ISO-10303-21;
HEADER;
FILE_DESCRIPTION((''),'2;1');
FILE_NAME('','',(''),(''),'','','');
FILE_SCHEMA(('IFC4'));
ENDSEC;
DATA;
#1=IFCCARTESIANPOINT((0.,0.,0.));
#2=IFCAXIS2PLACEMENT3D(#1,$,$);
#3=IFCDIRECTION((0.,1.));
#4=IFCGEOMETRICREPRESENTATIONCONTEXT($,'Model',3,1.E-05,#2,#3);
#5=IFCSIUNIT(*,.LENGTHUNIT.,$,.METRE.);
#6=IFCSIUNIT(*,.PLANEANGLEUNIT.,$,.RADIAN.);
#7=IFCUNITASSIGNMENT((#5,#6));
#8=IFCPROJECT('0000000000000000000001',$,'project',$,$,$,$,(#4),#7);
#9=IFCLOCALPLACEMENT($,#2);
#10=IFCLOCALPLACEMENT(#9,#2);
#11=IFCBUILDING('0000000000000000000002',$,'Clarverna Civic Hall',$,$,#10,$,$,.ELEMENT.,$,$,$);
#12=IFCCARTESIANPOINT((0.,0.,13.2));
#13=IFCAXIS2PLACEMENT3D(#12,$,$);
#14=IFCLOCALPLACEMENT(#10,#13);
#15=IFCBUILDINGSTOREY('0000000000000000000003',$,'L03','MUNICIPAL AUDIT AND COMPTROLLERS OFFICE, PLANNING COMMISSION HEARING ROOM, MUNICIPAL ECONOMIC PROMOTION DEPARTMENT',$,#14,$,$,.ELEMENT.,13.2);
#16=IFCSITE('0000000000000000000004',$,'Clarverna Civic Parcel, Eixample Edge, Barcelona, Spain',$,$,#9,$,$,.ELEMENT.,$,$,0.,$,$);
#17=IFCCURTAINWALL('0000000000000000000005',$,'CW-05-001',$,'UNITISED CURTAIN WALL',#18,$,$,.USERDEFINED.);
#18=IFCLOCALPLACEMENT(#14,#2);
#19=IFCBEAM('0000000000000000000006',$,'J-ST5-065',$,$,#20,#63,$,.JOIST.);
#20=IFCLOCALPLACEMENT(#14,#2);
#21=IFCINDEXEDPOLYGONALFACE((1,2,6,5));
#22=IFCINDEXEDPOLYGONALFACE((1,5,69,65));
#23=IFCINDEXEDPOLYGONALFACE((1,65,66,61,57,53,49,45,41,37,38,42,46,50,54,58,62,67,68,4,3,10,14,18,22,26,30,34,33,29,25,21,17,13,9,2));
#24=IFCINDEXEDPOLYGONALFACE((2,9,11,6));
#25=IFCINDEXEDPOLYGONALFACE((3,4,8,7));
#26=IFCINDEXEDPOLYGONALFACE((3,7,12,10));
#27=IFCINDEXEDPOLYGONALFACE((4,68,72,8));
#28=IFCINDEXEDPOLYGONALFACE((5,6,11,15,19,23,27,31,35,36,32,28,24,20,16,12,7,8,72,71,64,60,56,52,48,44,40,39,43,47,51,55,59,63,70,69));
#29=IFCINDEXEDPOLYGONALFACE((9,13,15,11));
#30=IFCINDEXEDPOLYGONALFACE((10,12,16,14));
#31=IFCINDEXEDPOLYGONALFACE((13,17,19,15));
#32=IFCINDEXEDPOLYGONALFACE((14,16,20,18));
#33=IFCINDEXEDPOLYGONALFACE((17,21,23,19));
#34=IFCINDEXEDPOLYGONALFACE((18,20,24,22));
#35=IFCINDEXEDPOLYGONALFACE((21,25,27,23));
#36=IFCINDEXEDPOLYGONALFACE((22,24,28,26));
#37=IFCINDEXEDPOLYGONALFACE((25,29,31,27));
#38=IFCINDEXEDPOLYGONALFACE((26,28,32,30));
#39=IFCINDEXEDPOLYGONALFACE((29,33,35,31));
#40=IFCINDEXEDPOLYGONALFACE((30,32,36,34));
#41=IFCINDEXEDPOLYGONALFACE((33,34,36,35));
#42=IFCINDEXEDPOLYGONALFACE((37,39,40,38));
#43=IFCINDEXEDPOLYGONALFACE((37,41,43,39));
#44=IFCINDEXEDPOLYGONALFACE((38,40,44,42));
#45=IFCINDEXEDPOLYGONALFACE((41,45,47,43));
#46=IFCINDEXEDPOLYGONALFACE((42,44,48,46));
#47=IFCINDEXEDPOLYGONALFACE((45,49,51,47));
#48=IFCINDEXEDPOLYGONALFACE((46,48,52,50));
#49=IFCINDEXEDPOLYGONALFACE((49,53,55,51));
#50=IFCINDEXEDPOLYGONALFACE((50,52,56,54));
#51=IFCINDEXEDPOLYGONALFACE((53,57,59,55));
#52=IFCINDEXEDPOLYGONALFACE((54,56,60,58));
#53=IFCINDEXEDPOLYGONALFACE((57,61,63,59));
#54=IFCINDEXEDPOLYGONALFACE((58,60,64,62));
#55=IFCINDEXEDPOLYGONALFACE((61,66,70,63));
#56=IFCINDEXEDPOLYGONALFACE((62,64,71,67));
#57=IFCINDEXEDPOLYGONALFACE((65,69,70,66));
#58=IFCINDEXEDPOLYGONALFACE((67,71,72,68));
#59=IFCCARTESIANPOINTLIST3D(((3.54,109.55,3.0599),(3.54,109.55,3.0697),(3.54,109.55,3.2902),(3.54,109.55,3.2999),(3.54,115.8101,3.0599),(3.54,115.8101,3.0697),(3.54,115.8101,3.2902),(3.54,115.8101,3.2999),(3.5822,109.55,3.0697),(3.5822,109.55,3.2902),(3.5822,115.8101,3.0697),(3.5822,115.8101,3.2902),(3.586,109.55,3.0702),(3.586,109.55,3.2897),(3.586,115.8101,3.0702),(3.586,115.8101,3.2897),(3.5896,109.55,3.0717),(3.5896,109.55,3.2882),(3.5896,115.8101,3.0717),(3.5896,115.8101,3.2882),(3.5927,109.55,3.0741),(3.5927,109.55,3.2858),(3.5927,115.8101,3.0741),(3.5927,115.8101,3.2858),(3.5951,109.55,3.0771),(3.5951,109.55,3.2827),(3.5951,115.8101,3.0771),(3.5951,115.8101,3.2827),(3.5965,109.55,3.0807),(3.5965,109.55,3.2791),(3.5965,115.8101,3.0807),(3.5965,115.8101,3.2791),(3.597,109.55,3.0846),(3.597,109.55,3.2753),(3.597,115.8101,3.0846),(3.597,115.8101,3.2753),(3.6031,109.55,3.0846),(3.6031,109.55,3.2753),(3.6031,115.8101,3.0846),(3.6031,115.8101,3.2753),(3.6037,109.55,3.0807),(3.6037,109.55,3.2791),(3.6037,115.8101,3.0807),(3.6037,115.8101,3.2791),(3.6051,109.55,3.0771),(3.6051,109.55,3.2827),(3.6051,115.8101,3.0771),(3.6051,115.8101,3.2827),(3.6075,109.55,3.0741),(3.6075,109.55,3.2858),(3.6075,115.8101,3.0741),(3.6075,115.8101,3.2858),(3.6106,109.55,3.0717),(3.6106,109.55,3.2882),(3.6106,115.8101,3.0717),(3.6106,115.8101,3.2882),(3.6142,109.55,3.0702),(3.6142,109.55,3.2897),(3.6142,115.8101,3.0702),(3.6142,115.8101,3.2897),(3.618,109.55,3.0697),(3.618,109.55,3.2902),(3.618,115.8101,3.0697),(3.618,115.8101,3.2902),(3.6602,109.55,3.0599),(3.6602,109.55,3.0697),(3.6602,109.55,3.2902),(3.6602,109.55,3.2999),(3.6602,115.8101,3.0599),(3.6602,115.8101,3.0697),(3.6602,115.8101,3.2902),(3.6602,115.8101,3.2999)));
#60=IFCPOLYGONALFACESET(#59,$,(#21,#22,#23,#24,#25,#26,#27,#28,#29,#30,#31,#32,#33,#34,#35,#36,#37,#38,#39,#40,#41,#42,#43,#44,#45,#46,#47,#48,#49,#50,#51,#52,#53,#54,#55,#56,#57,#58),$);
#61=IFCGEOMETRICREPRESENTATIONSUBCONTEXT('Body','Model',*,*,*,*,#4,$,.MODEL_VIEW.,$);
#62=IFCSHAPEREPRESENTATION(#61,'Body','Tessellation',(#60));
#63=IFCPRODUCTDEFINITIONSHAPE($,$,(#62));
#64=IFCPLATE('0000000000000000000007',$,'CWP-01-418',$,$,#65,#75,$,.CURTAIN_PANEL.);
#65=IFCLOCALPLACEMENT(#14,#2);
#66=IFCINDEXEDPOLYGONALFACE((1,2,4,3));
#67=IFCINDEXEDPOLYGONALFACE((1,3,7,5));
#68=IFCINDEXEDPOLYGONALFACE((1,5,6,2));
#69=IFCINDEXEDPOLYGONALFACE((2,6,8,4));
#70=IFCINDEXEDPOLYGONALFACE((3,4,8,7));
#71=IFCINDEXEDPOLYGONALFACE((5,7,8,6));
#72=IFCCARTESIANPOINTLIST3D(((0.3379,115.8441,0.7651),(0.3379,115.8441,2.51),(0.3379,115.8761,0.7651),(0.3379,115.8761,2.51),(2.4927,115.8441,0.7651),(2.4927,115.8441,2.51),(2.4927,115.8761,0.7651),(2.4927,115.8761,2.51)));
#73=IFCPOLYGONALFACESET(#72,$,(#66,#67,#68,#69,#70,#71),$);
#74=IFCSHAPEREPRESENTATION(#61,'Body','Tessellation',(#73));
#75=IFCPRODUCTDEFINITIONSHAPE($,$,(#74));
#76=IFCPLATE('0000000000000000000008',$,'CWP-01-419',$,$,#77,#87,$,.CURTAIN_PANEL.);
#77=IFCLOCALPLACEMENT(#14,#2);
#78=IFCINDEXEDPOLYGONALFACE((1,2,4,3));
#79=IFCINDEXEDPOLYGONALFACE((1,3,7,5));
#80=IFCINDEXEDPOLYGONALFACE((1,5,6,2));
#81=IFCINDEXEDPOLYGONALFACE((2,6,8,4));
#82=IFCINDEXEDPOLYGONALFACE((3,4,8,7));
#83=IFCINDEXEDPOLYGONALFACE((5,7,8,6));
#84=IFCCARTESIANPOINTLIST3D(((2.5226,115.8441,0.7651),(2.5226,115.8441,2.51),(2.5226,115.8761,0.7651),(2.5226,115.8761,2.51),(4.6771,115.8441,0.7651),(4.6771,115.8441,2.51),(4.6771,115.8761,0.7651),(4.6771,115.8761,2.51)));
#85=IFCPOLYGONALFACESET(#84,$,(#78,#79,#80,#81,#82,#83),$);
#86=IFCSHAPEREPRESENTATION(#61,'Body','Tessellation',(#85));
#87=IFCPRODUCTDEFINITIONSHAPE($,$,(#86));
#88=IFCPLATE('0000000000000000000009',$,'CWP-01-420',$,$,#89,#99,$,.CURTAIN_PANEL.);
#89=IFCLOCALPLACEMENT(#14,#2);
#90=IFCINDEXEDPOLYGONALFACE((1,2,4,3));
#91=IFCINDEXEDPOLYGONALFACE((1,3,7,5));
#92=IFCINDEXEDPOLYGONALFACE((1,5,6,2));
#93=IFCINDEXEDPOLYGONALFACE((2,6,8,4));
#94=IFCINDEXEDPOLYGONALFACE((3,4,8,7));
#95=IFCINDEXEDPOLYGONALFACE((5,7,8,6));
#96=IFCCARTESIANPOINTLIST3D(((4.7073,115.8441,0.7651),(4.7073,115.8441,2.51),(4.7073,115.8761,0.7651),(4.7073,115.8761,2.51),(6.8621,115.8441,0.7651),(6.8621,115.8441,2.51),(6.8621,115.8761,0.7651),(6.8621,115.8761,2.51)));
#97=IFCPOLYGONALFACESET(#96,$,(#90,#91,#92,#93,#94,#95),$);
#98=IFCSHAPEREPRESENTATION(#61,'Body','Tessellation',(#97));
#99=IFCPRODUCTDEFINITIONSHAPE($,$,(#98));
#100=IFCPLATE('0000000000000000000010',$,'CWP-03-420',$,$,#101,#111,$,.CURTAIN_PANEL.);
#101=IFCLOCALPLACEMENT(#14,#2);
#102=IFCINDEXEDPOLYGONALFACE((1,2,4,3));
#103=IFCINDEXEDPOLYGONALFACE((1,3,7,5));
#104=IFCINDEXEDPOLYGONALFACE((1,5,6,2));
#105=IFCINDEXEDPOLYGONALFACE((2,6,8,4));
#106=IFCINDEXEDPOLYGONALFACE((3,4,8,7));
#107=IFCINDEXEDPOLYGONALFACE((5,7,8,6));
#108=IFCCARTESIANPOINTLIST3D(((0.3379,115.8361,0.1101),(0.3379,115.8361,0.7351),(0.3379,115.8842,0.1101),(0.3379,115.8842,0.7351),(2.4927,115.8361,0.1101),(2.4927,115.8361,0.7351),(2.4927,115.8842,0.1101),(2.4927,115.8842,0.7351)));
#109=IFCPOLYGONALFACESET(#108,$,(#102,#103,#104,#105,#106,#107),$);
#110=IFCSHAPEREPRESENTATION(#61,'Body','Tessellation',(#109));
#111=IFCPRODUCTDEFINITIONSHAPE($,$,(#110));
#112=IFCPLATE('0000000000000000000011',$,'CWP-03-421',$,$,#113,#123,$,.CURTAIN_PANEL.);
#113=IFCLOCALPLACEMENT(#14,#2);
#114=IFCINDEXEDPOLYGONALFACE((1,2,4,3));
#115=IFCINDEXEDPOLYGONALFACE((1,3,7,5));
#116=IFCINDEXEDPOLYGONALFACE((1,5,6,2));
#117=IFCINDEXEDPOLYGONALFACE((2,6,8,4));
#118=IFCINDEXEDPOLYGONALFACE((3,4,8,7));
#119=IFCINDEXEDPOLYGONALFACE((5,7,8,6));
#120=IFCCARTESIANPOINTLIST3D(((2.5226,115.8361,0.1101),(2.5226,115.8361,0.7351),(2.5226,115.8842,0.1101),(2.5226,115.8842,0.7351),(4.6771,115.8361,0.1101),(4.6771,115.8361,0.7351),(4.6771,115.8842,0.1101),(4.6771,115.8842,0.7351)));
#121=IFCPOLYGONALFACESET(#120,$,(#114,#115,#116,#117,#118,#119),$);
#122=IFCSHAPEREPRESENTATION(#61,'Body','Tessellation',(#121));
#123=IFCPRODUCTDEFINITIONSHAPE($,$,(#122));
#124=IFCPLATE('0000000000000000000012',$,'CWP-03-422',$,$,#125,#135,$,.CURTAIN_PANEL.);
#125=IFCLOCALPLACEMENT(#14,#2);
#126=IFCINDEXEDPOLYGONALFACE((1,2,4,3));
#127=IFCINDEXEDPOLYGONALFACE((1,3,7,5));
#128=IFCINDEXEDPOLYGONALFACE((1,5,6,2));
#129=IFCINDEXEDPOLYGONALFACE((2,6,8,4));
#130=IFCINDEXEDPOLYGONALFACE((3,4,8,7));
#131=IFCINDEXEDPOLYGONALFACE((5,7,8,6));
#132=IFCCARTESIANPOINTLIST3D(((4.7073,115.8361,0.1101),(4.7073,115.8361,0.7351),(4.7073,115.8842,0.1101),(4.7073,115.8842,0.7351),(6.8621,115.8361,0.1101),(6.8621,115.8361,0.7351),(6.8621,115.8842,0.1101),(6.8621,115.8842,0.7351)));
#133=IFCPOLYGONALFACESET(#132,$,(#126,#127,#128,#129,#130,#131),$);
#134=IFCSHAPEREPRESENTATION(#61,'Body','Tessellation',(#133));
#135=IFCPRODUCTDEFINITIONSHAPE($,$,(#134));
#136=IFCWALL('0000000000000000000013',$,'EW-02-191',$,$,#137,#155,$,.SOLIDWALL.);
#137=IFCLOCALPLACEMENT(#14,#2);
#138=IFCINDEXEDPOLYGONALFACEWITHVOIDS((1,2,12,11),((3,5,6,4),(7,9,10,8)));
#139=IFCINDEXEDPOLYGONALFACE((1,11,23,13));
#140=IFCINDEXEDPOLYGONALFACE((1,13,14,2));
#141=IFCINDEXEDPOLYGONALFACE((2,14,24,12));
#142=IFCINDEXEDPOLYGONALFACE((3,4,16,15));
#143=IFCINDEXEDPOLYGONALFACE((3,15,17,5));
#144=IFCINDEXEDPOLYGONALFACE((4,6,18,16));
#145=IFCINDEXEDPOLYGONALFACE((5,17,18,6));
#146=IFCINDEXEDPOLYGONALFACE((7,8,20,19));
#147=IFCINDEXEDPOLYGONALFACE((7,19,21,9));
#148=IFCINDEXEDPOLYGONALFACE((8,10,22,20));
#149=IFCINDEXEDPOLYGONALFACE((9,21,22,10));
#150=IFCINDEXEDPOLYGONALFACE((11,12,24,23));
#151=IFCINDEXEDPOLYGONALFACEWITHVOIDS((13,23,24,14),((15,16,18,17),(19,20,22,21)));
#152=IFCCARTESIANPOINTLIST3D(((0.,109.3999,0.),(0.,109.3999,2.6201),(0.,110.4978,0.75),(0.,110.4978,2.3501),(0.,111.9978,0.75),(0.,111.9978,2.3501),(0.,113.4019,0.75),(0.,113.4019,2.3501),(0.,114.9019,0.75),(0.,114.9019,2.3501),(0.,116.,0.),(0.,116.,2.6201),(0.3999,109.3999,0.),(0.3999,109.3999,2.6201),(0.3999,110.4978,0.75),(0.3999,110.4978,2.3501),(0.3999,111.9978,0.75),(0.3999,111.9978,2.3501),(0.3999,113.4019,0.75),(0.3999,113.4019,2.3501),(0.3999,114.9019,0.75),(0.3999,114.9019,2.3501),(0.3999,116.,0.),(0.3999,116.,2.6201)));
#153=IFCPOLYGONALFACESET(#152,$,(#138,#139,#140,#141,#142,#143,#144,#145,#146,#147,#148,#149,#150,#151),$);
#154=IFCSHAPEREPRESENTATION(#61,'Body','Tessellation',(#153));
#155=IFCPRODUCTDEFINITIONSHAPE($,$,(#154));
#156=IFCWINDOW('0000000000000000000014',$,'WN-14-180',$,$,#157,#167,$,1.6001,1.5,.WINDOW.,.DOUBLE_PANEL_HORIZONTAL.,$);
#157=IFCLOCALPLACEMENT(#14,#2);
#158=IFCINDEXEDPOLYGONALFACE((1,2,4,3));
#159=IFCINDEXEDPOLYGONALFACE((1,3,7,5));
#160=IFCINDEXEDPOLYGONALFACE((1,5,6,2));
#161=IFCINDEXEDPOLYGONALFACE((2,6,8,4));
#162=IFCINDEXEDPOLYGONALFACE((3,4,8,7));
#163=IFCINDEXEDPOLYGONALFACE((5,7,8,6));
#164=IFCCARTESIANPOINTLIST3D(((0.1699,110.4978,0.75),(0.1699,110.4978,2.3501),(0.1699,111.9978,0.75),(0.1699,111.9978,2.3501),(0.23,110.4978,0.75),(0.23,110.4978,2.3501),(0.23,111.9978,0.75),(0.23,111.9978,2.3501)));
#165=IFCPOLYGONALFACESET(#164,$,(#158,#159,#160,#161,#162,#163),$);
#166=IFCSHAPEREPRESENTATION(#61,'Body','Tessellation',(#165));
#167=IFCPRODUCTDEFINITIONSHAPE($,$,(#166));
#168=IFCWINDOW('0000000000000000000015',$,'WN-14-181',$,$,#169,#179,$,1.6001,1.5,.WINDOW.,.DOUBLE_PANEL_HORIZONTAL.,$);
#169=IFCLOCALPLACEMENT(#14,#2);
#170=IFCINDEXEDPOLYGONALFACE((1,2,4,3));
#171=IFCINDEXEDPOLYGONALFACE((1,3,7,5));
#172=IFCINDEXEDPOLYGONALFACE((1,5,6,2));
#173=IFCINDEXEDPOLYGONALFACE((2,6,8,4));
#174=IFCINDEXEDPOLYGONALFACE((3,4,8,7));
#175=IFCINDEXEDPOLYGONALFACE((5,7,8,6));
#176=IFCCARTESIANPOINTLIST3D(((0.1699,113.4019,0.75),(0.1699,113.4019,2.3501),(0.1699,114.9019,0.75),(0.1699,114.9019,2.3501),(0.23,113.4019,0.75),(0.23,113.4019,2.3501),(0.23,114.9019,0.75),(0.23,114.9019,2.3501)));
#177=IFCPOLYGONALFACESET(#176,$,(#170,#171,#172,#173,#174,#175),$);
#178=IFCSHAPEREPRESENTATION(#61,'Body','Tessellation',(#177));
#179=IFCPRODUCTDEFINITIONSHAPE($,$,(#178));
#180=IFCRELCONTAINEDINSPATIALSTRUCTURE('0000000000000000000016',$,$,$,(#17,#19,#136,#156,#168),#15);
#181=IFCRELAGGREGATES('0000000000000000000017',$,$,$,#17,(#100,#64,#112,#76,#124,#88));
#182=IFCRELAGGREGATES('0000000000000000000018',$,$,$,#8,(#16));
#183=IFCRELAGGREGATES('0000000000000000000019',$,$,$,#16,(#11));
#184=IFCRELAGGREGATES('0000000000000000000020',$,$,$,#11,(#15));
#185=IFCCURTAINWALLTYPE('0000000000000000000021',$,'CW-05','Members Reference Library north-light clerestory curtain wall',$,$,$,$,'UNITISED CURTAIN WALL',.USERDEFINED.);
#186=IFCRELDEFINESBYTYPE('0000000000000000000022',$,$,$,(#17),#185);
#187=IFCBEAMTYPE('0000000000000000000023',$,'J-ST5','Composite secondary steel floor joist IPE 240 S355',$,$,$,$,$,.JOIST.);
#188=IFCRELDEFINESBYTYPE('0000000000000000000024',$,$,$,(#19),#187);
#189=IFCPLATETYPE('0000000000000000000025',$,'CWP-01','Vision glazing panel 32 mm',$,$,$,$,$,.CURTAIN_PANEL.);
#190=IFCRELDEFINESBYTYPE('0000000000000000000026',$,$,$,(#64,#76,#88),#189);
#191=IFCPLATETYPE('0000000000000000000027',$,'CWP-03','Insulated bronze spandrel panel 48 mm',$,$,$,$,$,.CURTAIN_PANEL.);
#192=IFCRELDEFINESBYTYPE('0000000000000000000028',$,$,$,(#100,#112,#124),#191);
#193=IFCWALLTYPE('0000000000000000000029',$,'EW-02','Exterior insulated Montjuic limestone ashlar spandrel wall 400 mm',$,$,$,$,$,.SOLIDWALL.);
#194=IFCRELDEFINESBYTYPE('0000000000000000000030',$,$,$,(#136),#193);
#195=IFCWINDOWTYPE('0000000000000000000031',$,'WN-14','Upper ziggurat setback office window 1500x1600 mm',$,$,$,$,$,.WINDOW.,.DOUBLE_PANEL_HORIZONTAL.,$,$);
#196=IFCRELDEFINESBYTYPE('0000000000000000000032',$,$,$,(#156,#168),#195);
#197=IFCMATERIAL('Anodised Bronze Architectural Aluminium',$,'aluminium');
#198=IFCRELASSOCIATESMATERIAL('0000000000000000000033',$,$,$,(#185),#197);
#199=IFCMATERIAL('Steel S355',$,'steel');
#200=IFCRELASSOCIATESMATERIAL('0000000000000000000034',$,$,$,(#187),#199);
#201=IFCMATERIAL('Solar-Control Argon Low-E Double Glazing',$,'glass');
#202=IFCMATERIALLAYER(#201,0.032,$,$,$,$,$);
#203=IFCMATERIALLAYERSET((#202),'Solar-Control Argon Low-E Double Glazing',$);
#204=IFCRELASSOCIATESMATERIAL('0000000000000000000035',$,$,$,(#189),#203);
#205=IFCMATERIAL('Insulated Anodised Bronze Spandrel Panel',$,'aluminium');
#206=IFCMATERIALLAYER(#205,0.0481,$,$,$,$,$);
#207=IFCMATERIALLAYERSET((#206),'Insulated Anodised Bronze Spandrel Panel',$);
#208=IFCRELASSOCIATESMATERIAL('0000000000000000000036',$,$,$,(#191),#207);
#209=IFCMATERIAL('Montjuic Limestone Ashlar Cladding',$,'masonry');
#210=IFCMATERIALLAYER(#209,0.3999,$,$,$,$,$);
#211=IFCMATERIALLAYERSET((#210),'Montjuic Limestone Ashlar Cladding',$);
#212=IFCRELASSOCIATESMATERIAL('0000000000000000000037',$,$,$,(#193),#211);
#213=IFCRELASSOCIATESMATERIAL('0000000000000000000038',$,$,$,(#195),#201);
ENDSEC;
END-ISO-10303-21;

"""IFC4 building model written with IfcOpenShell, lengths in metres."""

from ifc_helpers import new_model, si_unit, direction, frame, frame_2d, origin, origin_2d, place, context, subcontext, project, spatial, rectangle, i_section, extrude, material, layer, layer_set, material_profile, profile_set, type_object, element, fill, aggregate, save


model = new_model("IFC4")

# Units and contexts
model_context = context("Model", 3, precision=1e-05, world=origin(), true_north=direction((0.0, 1.0)))
body_context = subcontext(model_context, "Body", "Model", "MODEL_VIEW")
ifc_project = project(units=[si_unit("LENGTHUNIT", "METRE"), si_unit("PLANEANGLEUNIT", "RADIAN")], contexts=[model_context])

# Site, building, storey
site_placement = place(None, origin())
site = spatial("IfcSite", under=ifc_project, at=site_placement, Name="Clarverna Civic Parcel, Eixample Edge, Barcelona, Spain", CompositionType="ELEMENT", RefElevation=0.0)
building_placement = place(site_placement, origin())
building = spatial("IfcBuilding", under=site, at=building_placement, Name="Clarverna Civic Hall", CompositionType="ELEMENT")
storey_placement = place(building_placement, frame((0.0, 0.0, 13.2)))
storey = spatial("IfcBuildingStorey", under=building, at=storey_placement, Name="L03", Description="MUNICIPAL AUDIT AND COMPTROLLERS OFFICE, PLANNING COMMISSION HEARING ROOM, MUNICIPAL ECONOMIC PROMOTION DEPARTMENT", CompositionType="ELEMENT", Elevation=13.2)

# Shared definitions
ifc_material_1 = material(Name="Steel S355", Category="steel")

# Curtain wall
ifc_material_2 = material(Name="Anodised Bronze Architectural Aluminium", Category="aluminium")
curtain_wall_type = type_object("IfcCurtainWallType", Name="CW-05", Description="Members Reference Library north-light clerestory curtain wall", ElementType="UNITISED CURTAIN WALL", PredefinedType="USERDEFINED", material=ifc_material_2)
curtain_wall_placement = place(storey_placement, origin())
curtain_wall = element("IfcCurtainWall", 1, at=curtain_wall_placement, inside=storey, type_object=curtain_wall_type, Name="CW-05-001", ObjectType="UNITISED CURTAIN WALL", PredefinedType="USERDEFINED")

# Beam
ifc_material_profile_1 = material_profile(ifc_material_1, i_section(OverallWidth=0.1201, OverallDepth=0.24, WebThickness=0.0061, FlangeThickness=0.0098, FilletRadius=0.0149, at=origin_2d()), Name="IPE 240")
ifc_profile_set_1 = profile_set([ifc_material_profile_1], Name="Steel S355")
beam_type_1 = type_object("IfcBeamType", Name="J-ST5", Description="Composite secondary steel floor joist IPE 240 S355", PredefinedType="JOIST", material=ifc_profile_set_1)
beam_1_placement = place(storey_placement, frame((3.6001, 109.55, 3.1799), z_axis=(0.0, 1.0, 0.0), x_axis=(-1.0, 0.0, 0.0)))
element("IfcBeam", 2, at=beam_1_placement, inside=storey, type_object=beam_type_1, Name="J-ST5-065", PredefinedType="JOIST", context=body_context, shape_type="SweptSolid", body=[
    extrude(i_section(OverallWidth=0.1201, OverallDepth=0.24, WebThickness=0.0061, FlangeThickness=0.0098, FilletRadius=0.0149, at=origin_2d()), origin(), (0.0, 0.0, 1.0), 6.26),
])

# Plates
ifc_material_3 = material(Name="Solar-Control Argon Low-E Double Glazing", Category="glass")
ifc_layer_1 = layer(ifc_material_3, 0.032)
ifc_layer_set_1 = layer_set([ifc_layer_1], Name="Solar-Control Argon Low-E Double Glazing")
plate_type_1 = type_object("IfcPlateType", Name="CWP-01", Description="Vision glazing panel 32 mm", PredefinedType="CURTAIN_PANEL", material=ifc_layer_set_1)
plate_1_placement = place(storey_placement, frame((0.3379, 115.8601, 0.7651), z_axis=(0.0, 0.0, 1.0), x_axis=(1.0, 0.0, 0.0)))
plate_1 = element("IfcPlate", 3, at=plate_1_placement, type_object=plate_type_1, Name="CWP-01-418", PredefinedType="CURTAIN_PANEL", context=body_context, shape_type="SweptSolid", body=[
    extrude(rectangle(XDim=2.1548, YDim=0.032, at=frame_2d((1.0774, 0.0))), origin(), (0.0, 0.0, 1.0), 1.7449),
])
plate_2_placement = place(storey_placement, frame((2.5227, 115.8601, 0.7651), z_axis=(0.0, 0.0, 1.0), x_axis=(1.0, 0.0, 0.0)))
plate_2 = element("IfcPlate", 4, at=plate_2_placement, type_object=plate_type_1, Name="CWP-01-419", PredefinedType="CURTAIN_PANEL", context=body_context, shape_type="SweptSolid", body=[
    extrude(rectangle(XDim=2.1545, YDim=0.032, at=frame_2d((1.0771, 0.0))), origin(), (0.0, 0.0, 1.0), 1.7449),
])
plate_3_placement = place(storey_placement, frame((4.7073, 115.8601, 0.7651), z_axis=(0.0, 0.0, 1.0), x_axis=(1.0, 0.0, 0.0)))
plate_3 = element("IfcPlate", 5, at=plate_3_placement, type_object=plate_type_1, Name="CWP-01-420", PredefinedType="CURTAIN_PANEL", context=body_context, shape_type="SweptSolid", body=[
    extrude(rectangle(XDim=2.1548, YDim=0.032, at=frame_2d((1.0774, 0.0))), origin(), (0.0, 0.0, 1.0), 1.7449),
])
ifc_material_4 = material(Name="Insulated Anodised Bronze Spandrel Panel", Category="aluminium")
ifc_layer_2 = layer(ifc_material_4, 0.0481)
ifc_layer_set_2 = layer_set([ifc_layer_2], Name="Insulated Anodised Bronze Spandrel Panel")
plate_type_2 = type_object("IfcPlateType", Name="CWP-03", Description="Insulated bronze spandrel panel 48 mm", PredefinedType="CURTAIN_PANEL", material=ifc_layer_set_2)
plate_4_placement = place(storey_placement, frame((0.3379, 115.8601, 0.1101), z_axis=(0.0, 0.0, 1.0), x_axis=(1.0, 0.0, 0.0)))
plate_4 = element("IfcPlate", 6, at=plate_4_placement, type_object=plate_type_2, Name="CWP-03-420", PredefinedType="CURTAIN_PANEL", context=body_context, shape_type="SweptSolid", body=[
    extrude(rectangle(XDim=2.1548, YDim=0.0481, at=frame_2d((1.0774, 0.0))), origin(), (0.0, 0.0, 1.0), 0.625),
])
plate_5_placement = place(storey_placement, frame((2.5227, 115.8601, 0.1101), z_axis=(0.0, 0.0, 1.0), x_axis=(1.0, 0.0, 0.0)))
plate_5 = element("IfcPlate", 7, at=plate_5_placement, type_object=plate_type_2, Name="CWP-03-421", PredefinedType="CURTAIN_PANEL", context=body_context, shape_type="SweptSolid", body=[
    extrude(rectangle(XDim=2.1545, YDim=0.0481, at=frame_2d((1.0771, 0.0))), origin(), (0.0, 0.0, 1.0), 0.625),
])
plate_6_placement = place(storey_placement, frame((4.7073, 115.8601, 0.1101), z_axis=(0.0, 0.0, 1.0), x_axis=(1.0, 0.0, 0.0)))
plate_6 = element("IfcPlate", 8, at=plate_6_placement, type_object=plate_type_2, Name="CWP-03-422", PredefinedType="CURTAIN_PANEL", context=body_context, shape_type="SweptSolid", body=[
    extrude(rectangle(XDim=2.1548, YDim=0.0481, at=frame_2d((1.0774, 0.0))), origin(), (0.0, 0.0, 1.0), 0.625),
])
aggregate(curtain_wall, [plate_4, plate_1, plate_5, plate_2, plate_6, plate_3])

# Wall, openings, windows
ifc_material_5 = material(Name="Montjuic Limestone Ashlar Cladding", Category="masonry")
ifc_layer_3 = layer(ifc_material_5, 0.3999)
ifc_layer_set_3 = layer_set([ifc_layer_3], Name="Montjuic Limestone Ashlar Cladding")
wall_type = type_object("IfcWallType", Name="EW-02", Description="Exterior insulated Montjuic limestone ashlar spandrel wall 400 mm", PredefinedType="SOLIDWALL", material=ifc_layer_set_3)
wall_placement = place(storey_placement, frame((0.2, 109.3999, 0.0), z_axis=(0.0, 0.0, 1.0), x_axis=(0.0, 1.0, 0.0)))
wall = element("IfcWall", 9, at=wall_placement, inside=storey, type_object=wall_type, Name="EW-02-191", PredefinedType="SOLIDWALL", context=body_context, shape_type="SweptSolid", body=[
    extrude(rectangle(XDim=6.6001, YDim=0.3999, at=frame_2d((3.3, 0.0))), origin(), (0.0, 0.0, 1.0), 2.6201),
])
opening_1_placement = place(wall_placement, frame((1.0979, 0.0, 0.75)))
opening_1 = element("IfcOpeningElement", 10, at=opening_1_placement, cuts=wall, PredefinedType="OPENING", context=body_context, shape_type="SweptSolid", body=[
    extrude(rectangle(XDim=1.5, YDim=1.6001, at=frame_2d((0.75, 0.8))), frame((0.0, 0.21, 0.0), z_axis=(0.0, -1.0, 0.0), x_axis=(1.0, 0.0, 0.0)), (0.0, 0.0, 1.0), 0.4199),
])
opening_2_placement = place(wall_placement, frame((4.002, 0.0, 0.75)))
opening_2 = element("IfcOpeningElement", 11, at=opening_2_placement, cuts=wall, PredefinedType="OPENING", context=body_context, shape_type="SweptSolid", body=[
    extrude(rectangle(XDim=1.5, YDim=1.6001, at=frame_2d((0.75, 0.8))), frame((0.0, 0.21, 0.0), z_axis=(0.0, -1.0, 0.0), x_axis=(1.0, 0.0, 0.0)), (0.0, 0.0, 1.0), 0.4199),
])
window_type = type_object("IfcWindowType", Name="WN-14", Description="Upper ziggurat setback office window 1500x1600 mm", PartitioningType="DOUBLE_PANEL_HORIZONTAL", PredefinedType="WINDOW", material=ifc_material_3)
window_1_placement = place(opening_1_placement, origin())
window_1 = element("IfcWindow", 12, at=window_1_placement, inside=storey, type_object=window_type, Name="WN-14-180", OverallHeight=1.6001, OverallWidth=1.5, PartitioningType="DOUBLE_PANEL_HORIZONTAL", PredefinedType="WINDOW", context=body_context, shape_type="SweptSolid", body=[
    extrude(rectangle(XDim=1.5, YDim=1.6001, at=frame_2d((0.75, 0.8))), frame((0.0, 0.03, 0.0), z_axis=(0.0, -1.0, 0.0), x_axis=(1.0, 0.0, 0.0)), (0.0, 0.0, 1.0), 0.0601),
])
fill(opening_1, window_1)
window_2_placement = place(opening_2_placement, origin())
window_2 = element("IfcWindow", 13, at=window_2_placement, inside=storey, type_object=window_type, Name="WN-14-181", OverallHeight=1.6001, OverallWidth=1.5, PartitioningType="DOUBLE_PANEL_HORIZONTAL", PredefinedType="WINDOW", context=body_context, shape_type="SweptSolid", body=[
    extrude(rectangle(XDim=1.5, YDim=1.6001, at=frame_2d((0.75, 0.8))), frame((0.0, 0.03, 0.0), z_axis=(0.0, -1.0, 0.0), x_axis=(1.0, 0.0, 0.0)), (0.0, 0.0, 1.0), 0.0601),
])
fill(opening_2, window_2)

save(model, "model.ifc")
